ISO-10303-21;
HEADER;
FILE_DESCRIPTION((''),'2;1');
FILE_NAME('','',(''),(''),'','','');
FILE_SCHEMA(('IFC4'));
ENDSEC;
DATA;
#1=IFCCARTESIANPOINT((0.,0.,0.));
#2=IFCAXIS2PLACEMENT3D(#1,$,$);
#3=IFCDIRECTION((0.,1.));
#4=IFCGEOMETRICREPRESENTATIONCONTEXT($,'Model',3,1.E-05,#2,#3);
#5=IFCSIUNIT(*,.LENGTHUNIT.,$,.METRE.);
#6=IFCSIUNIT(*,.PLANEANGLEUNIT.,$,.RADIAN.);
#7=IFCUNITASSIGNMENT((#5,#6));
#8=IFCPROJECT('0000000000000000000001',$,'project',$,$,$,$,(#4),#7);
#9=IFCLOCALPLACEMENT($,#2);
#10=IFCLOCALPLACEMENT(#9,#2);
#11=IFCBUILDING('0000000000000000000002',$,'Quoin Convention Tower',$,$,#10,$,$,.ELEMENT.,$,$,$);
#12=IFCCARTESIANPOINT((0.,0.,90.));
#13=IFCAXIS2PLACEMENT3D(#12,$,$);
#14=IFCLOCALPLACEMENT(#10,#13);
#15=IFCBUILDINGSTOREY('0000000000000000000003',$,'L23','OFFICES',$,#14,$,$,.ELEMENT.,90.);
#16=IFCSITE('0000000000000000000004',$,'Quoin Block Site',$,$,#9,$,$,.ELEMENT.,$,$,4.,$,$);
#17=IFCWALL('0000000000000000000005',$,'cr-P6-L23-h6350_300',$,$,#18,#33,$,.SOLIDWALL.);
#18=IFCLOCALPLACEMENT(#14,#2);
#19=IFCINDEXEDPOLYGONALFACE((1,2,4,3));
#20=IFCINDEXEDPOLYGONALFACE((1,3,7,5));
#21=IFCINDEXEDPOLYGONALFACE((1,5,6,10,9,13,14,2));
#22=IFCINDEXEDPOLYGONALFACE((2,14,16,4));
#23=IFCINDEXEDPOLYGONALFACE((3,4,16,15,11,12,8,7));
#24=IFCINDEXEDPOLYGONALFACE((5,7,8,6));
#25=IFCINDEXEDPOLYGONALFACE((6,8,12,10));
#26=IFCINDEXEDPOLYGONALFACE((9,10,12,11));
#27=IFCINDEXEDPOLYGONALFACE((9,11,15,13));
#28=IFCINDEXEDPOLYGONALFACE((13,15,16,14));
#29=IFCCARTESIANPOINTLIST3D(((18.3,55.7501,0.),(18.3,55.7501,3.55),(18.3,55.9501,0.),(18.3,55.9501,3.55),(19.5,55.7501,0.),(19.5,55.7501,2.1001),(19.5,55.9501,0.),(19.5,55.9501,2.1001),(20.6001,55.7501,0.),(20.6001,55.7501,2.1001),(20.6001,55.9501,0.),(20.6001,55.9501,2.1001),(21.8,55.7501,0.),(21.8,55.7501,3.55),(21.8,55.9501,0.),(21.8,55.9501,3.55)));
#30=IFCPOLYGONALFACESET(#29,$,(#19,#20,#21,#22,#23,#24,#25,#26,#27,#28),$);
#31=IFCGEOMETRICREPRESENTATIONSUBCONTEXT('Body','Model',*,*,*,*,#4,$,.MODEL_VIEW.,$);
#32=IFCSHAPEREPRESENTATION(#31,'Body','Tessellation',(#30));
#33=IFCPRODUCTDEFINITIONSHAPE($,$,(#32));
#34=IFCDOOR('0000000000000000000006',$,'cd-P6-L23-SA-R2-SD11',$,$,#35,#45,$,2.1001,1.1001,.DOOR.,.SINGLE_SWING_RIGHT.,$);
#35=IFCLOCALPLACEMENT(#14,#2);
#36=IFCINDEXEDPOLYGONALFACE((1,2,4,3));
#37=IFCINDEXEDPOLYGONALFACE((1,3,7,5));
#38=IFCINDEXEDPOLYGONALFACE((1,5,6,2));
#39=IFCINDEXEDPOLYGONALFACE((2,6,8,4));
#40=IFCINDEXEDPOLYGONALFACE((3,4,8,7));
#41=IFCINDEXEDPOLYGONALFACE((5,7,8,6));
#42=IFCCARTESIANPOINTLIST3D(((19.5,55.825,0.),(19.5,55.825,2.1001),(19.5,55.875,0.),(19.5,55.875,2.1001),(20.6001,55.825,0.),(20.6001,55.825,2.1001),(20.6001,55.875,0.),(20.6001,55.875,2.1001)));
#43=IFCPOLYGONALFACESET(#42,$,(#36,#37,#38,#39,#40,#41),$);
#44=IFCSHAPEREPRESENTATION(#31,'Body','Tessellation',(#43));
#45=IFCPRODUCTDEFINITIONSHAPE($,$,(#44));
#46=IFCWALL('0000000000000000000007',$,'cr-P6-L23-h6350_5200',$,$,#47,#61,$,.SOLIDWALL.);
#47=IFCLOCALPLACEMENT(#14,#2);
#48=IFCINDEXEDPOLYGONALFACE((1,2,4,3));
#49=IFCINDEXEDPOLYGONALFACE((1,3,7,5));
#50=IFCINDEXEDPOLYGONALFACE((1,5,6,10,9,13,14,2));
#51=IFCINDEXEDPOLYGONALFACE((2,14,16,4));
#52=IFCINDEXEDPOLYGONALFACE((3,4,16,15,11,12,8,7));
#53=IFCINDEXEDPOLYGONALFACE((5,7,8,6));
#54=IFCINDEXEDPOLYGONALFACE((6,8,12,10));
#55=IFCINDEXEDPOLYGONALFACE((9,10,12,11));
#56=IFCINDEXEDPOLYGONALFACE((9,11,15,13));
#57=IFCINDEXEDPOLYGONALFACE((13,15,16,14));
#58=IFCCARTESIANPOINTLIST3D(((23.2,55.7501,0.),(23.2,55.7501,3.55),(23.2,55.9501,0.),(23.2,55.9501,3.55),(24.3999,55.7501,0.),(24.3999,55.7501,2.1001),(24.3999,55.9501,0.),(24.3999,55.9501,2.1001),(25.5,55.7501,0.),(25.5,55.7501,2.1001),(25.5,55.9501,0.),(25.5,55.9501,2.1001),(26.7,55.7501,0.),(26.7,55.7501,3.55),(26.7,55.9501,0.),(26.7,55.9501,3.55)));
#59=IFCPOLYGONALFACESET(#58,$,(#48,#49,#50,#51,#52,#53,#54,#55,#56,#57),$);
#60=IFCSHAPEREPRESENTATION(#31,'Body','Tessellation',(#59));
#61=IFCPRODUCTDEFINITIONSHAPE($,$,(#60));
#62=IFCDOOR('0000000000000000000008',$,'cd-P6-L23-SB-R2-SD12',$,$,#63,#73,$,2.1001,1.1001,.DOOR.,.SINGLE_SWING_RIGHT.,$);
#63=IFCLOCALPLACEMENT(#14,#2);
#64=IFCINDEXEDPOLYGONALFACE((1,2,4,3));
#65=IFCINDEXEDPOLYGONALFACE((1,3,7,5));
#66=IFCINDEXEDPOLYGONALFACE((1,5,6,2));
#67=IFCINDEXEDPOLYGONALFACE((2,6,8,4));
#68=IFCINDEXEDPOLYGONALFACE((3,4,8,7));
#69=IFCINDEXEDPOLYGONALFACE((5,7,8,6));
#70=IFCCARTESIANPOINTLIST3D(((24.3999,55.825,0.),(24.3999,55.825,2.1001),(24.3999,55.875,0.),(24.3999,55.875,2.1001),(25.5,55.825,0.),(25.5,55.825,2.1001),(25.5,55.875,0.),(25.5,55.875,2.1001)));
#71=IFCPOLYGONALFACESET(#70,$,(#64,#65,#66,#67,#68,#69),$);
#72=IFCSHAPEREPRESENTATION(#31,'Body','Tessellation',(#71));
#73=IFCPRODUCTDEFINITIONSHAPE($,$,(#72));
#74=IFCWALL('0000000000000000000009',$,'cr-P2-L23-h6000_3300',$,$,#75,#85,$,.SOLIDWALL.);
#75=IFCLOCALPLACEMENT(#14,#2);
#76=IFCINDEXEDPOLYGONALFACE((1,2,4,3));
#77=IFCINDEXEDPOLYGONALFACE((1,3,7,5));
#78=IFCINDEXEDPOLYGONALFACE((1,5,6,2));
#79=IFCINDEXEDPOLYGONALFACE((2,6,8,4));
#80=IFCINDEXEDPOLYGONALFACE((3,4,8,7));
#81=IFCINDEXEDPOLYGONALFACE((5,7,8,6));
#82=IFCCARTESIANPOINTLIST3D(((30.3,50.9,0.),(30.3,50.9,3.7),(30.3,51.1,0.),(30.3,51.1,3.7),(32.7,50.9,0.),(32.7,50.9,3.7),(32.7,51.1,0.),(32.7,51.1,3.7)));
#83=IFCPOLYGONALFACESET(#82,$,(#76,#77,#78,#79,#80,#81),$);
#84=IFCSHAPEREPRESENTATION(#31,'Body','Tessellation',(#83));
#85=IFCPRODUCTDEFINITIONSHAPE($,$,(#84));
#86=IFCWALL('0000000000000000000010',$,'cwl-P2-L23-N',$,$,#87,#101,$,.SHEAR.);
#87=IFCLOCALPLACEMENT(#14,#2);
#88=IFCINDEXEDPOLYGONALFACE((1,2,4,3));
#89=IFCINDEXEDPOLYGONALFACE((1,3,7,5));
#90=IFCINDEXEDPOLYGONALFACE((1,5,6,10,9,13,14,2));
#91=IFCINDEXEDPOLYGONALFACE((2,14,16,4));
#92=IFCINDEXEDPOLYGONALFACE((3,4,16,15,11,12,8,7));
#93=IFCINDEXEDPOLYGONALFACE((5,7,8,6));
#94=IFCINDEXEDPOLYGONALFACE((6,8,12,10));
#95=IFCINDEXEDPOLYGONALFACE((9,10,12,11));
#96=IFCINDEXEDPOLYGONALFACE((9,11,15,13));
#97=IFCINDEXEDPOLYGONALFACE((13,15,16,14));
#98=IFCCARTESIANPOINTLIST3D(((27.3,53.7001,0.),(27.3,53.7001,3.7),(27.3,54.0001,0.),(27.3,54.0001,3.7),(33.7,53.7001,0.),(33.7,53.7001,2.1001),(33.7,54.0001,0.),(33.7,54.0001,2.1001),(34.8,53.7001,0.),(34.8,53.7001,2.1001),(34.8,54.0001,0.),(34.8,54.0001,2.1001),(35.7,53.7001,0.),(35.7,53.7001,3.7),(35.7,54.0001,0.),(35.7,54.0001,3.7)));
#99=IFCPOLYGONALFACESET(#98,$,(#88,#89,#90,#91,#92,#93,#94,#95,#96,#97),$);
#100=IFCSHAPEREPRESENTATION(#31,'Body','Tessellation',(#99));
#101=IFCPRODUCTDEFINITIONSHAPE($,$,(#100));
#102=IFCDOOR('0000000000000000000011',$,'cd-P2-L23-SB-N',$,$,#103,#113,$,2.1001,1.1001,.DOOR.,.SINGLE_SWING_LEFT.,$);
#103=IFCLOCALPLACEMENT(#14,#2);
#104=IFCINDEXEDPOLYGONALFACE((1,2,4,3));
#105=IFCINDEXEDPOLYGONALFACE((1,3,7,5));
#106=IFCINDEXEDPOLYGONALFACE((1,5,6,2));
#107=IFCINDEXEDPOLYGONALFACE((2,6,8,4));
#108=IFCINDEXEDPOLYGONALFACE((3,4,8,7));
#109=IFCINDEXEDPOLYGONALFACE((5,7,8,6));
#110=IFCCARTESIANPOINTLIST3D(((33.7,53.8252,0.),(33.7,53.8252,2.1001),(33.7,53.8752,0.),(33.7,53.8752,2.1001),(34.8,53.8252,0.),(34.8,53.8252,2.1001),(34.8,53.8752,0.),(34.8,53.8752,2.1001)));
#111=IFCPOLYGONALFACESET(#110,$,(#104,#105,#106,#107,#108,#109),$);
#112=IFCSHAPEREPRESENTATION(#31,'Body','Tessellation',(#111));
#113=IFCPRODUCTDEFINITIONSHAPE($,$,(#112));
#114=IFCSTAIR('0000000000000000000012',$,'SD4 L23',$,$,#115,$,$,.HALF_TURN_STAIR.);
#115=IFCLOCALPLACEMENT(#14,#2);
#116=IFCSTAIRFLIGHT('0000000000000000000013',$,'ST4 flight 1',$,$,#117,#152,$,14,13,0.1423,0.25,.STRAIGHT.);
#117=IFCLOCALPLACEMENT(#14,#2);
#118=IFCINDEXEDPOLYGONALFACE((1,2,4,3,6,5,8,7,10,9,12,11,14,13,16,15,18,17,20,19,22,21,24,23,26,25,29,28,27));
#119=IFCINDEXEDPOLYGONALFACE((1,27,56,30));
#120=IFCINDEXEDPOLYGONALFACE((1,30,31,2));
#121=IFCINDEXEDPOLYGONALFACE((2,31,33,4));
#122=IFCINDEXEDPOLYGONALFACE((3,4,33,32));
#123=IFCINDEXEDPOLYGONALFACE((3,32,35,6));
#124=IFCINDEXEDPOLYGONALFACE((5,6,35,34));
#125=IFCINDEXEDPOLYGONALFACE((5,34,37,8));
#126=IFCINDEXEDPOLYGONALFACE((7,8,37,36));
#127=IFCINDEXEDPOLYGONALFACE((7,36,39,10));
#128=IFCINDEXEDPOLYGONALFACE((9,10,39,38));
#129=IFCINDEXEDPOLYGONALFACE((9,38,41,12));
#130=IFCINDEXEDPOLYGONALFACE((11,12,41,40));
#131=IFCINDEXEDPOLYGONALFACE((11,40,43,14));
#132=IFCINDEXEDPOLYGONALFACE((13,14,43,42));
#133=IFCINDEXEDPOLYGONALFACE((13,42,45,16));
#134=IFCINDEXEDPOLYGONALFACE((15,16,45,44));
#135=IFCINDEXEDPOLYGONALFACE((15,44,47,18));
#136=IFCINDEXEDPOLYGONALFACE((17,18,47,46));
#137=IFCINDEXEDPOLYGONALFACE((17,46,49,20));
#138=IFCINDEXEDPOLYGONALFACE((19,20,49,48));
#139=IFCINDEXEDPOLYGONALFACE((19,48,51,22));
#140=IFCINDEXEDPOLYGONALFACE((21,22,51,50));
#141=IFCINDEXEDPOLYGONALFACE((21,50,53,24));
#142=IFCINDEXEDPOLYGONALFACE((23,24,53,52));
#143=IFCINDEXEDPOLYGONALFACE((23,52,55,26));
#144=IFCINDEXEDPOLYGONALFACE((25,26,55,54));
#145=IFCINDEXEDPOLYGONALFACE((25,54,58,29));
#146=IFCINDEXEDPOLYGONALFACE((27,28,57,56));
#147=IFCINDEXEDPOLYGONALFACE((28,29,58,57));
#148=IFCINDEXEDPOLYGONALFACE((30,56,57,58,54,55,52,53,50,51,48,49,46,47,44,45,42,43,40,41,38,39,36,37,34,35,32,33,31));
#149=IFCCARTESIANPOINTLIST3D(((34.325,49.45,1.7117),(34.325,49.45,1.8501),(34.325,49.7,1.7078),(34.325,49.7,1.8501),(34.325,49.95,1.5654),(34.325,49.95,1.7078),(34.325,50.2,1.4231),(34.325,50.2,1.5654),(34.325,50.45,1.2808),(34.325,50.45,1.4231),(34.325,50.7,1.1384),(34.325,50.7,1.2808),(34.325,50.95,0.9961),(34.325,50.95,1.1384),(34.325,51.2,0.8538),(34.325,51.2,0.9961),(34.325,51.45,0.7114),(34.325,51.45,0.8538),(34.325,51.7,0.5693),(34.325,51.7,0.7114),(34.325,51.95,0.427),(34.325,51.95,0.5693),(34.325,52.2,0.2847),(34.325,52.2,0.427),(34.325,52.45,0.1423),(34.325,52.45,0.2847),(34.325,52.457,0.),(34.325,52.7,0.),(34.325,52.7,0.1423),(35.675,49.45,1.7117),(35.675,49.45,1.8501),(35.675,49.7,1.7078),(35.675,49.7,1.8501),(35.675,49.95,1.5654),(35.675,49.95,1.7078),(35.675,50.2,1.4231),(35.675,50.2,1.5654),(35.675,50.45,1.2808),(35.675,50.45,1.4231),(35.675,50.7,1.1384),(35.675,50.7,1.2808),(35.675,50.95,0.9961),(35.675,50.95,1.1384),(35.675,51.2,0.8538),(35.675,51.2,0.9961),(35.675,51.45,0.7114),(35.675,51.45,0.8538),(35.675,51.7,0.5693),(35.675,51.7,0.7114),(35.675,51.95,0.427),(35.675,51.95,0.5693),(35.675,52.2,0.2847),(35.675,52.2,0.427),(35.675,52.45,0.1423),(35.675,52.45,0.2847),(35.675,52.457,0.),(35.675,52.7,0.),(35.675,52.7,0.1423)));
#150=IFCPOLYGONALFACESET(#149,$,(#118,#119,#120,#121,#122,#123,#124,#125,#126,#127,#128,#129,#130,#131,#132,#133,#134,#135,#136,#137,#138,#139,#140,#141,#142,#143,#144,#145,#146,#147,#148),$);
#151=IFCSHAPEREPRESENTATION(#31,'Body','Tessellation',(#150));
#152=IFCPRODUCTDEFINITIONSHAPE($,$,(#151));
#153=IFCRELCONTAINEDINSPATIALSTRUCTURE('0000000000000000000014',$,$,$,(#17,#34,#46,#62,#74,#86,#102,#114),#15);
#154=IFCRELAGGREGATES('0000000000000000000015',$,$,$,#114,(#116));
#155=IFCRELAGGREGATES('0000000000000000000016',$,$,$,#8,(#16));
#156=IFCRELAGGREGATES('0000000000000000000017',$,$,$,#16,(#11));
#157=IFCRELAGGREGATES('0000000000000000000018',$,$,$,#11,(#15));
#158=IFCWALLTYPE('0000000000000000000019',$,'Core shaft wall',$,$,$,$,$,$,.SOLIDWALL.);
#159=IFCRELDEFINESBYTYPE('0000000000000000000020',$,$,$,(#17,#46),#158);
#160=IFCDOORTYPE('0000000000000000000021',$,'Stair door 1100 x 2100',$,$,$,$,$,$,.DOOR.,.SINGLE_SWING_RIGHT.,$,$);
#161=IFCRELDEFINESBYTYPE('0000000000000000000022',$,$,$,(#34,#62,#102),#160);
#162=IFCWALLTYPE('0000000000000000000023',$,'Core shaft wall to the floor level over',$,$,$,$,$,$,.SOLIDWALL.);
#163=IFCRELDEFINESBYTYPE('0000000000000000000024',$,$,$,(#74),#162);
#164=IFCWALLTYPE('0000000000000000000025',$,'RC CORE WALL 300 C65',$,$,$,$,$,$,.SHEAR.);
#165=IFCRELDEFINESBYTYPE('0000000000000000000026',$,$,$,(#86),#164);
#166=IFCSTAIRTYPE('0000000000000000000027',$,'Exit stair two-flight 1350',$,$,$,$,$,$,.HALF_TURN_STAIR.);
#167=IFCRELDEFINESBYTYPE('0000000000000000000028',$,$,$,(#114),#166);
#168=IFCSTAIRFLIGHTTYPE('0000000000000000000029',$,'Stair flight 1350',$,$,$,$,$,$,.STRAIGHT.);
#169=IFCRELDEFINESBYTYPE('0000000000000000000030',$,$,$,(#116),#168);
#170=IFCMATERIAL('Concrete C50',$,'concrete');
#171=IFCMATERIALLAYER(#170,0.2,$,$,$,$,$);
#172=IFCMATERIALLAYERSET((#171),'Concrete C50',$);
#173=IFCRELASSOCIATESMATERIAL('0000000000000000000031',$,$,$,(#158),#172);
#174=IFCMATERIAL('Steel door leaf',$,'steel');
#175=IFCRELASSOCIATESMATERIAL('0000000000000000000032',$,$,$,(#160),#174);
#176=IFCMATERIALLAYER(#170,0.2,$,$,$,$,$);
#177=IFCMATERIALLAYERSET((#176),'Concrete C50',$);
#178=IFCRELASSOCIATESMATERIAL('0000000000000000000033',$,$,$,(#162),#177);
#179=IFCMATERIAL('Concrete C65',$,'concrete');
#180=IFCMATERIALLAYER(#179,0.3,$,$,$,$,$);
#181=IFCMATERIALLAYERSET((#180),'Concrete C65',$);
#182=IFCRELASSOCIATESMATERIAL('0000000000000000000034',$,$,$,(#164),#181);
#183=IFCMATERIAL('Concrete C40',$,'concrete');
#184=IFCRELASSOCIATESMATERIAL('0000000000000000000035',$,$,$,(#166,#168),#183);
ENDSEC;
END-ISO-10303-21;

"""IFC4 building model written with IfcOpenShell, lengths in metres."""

from ifc_helpers import new_model, si_unit, direction, frame, frame_2d, origin, place, context, subcontext, project, spatial, polyline, rectangle, outline, extrude, material, layer, layer_set, type_object, element, fill, aggregate, save


model = new_model("IFC4")

# Units and contexts
model_context = context("Model", 3, precision=1e-05, world=origin(), true_north=direction((0.0, 1.0)))
body_context = subcontext(model_context, "Body", "Model", "MODEL_VIEW")
ifc_project = project(units=[si_unit("LENGTHUNIT", "METRE"), si_unit("PLANEANGLEUNIT", "RADIAN")], contexts=[model_context])

# Site, building, storey
site_placement = place(None, origin())
site = spatial("IfcSite", under=ifc_project, at=site_placement, Name="Quoin Block Site", CompositionType="ELEMENT", RefElevation=4.0)
building_placement = place(site_placement, origin())
building = spatial("IfcBuilding", under=site, at=building_placement, Name="Quoin Convention Tower", CompositionType="ELEMENT")
storey_placement = place(building_placement, frame((0.0, 0.0, 90.0)))
storey = spatial("IfcBuildingStorey", under=building, at=storey_placement, Name="L23", Description="OFFICES", CompositionType="ELEMENT", Elevation=90.0)

# Shared definitions
ifc_material_1 = material(Name="Concrete C65", Category="concrete")

# Shared definitions
ifc_material_2 = material(Name="Concrete C50", Category="concrete")
ifc_layer_1 = layer(ifc_material_2, 0.2)
ifc_layer_set_1 = layer_set([ifc_layer_1], Name="Concrete C50")
wall_type_1 = type_object("IfcWallType", Name="Core shaft wall", PredefinedType="SOLIDWALL", material=ifc_layer_set_1)

# Walls, openings, doors
wall_1_placement = place(storey_placement, frame((18.3, 55.8501, 0.0), z_axis=(0.0, 0.0, 1.0), x_axis=(1.0, 0.0, 0.0)))
wall_1 = element("IfcWall", 1, at=wall_1_placement, inside=storey, type_object=wall_type_1, Name="cr-P6-L23-h6350_300", PredefinedType="SOLIDWALL", context=body_context, shape_type="SweptSolid", body=[
    extrude(rectangle(XDim=3.5, YDim=0.2, at=frame_2d((1.75, 0.0))), origin(), (0.0, 0.0, 1.0), 3.55),
])
opening_1_placement = place(wall_1_placement, frame((1.2, 0.0, 0.0)))
opening_1 = element("IfcOpeningElement", 2, at=opening_1_placement, cuts=wall_1, PredefinedType="OPENING", context=body_context, shape_type="SweptSolid", body=[
    extrude(rectangle(XDim=1.1001, YDim=2.1001, at=frame_2d((0.55, 1.05))), frame((0.0, 0.1099, 0.0), z_axis=(0.0, -1.0, 0.0), x_axis=(1.0, 0.0, 0.0)), (0.0, 0.0, 1.0), 0.22),
])
ifc_material_3 = material(Name="Steel door leaf", Category="steel")
door_type = type_object("IfcDoorType", Name="Stair door 1100 x 2100", OperationType="SINGLE_SWING_RIGHT", PredefinedType="DOOR", material=ifc_material_3)
door_1_placement = place(opening_1_placement, origin())
door_1 = element("IfcDoor", 3, at=door_1_placement, inside=storey, type_object=door_type, Name="cd-P6-L23-SA-R2-SD11", OperationType="SINGLE_SWING_RIGHT", OverallHeight=2.1001, OverallWidth=1.1001, PredefinedType="DOOR", context=body_context, shape_type="SweptSolid", body=[
    extrude(rectangle(XDim=1.1001, YDim=2.1001, at=frame_2d((0.55, 1.05))), frame((0.0, 0.0249, 0.0), z_axis=(0.0, -1.0, 0.0), x_axis=(1.0, 0.0, 0.0)), (0.0, 0.0, 1.0), 0.05),
])
fill(opening_1, door_1)
wall_2_placement = place(storey_placement, frame((23.2, 55.8501, 0.0), z_axis=(0.0, 0.0, 1.0), x_axis=(1.0, 0.0, 0.0)))
wall_2 = element("IfcWall", 4, at=wall_2_placement, inside=storey, type_object=wall_type_1, Name="cr-P6-L23-h6350_5200", PredefinedType="SOLIDWALL", context=body_context, shape_type="SweptSolid", body=[
    extrude(rectangle(XDim=3.5, YDim=0.2, at=frame_2d((1.75, 0.0))), origin(), (0.0, 0.0, 1.0), 3.55),
])
opening_2_placement = place(wall_2_placement, frame((1.2, 0.0, 0.0)))
opening_2 = element("IfcOpeningElement", 5, at=opening_2_placement, cuts=wall_2, PredefinedType="OPENING", context=body_context, shape_type="SweptSolid", body=[
    extrude(rectangle(XDim=1.1001, YDim=2.1001, at=frame_2d((0.55, 1.05))), frame((0.0, 0.1099, 0.0), z_axis=(0.0, -1.0, 0.0), x_axis=(1.0, 0.0, 0.0)), (0.0, 0.0, 1.0), 0.22),
])
door_2_placement = place(opening_2_placement, origin())
door_2 = element("IfcDoor", 6, at=door_2_placement, inside=storey, type_object=door_type, Name="cd-P6-L23-SB-R2-SD12", OperationType="SINGLE_SWING_RIGHT", OverallHeight=2.1001, OverallWidth=1.1001, PredefinedType="DOOR", context=body_context, shape_type="SweptSolid", body=[
    extrude(rectangle(XDim=1.1001, YDim=2.1001, at=frame_2d((0.55, 1.05))), frame((0.0, 0.0249, 0.0), z_axis=(0.0, -1.0, 0.0), x_axis=(1.0, 0.0, 0.0)), (0.0, 0.0, 1.0), 0.05),
])
fill(opening_2, door_2)

# Wall
ifc_layer_2 = layer(ifc_material_2, 0.2)
ifc_layer_set_2 = layer_set([ifc_layer_2], Name="Concrete C50")
wall_type_2 = type_object("IfcWallType", Name="Core shaft wall to the floor level over", PredefinedType="SOLIDWALL", material=ifc_layer_set_2)
wall_3_placement = place(storey_placement, frame((30.3, 51.0, 0.0), z_axis=(0.0, 0.0, 1.0), x_axis=(1.0, 0.0, 0.0)))
element("IfcWall", 7, at=wall_3_placement, inside=storey, type_object=wall_type_2, Name="cr-P2-L23-h6000_3300", PredefinedType="SOLIDWALL", context=body_context, shape_type="SweptSolid", body=[
    extrude(rectangle(XDim=2.3999, YDim=0.2, at=frame_2d((1.2, 0.0))), origin(), (0.0, 0.0, 1.0), 3.7),
])

# Wall, opening, door
ifc_layer_3 = layer(ifc_material_1, 0.3)
ifc_layer_set_3 = layer_set([ifc_layer_3], Name="Concrete C65")
wall_type_3 = type_object("IfcWallType", Name="RC CORE WALL 300 C65", PredefinedType="SHEAR", material=ifc_layer_set_3)
wall_4_placement = place(storey_placement, frame((27.3, 53.8501, 0.0), z_axis=(0.0, 0.0, 1.0), x_axis=(1.0, 0.0, 0.0)))
wall_4 = element("IfcWall", 8, at=wall_4_placement, inside=storey, type_object=wall_type_3, Name="cwl-P2-L23-N", PredefinedType="SHEAR", context=body_context, shape_type="SweptSolid", body=[
    extrude(rectangle(XDim=8.3999, YDim=0.3, at=frame_2d((4.2, 0.0))), origin(), (0.0, 0.0, 1.0), 3.7),
])
opening_3_placement = place(wall_4_placement, frame((6.3999, 0.0, 0.0)))
opening_3 = element("IfcOpeningElement", 9, at=opening_3_placement, cuts=wall_4, PredefinedType="OPENING", context=body_context, shape_type="SweptSolid", body=[
    extrude(rectangle(XDim=1.1001, YDim=2.1001, at=frame_2d((0.55, 1.05))), frame((0.0, 0.1599, 0.0), z_axis=(0.0, -1.0, 0.0), x_axis=(1.0, 0.0, 0.0)), (0.0, 0.0, 1.0), 0.3201),
])
door_3_placement = place(opening_3_placement, frame((1.1001, 0.0, 0.0), z_axis=(0.0, 0.0, 1.0), x_axis=(-1.0, 0.0, 0.0)))
door_3 = element("IfcDoor", 10, at=door_3_placement, inside=storey, type_object=door_type, Name="cd-P2-L23-SB-N", OperationType="SINGLE_SWING_LEFT", OverallHeight=2.1001, OverallWidth=1.1001, PredefinedType="DOOR", context=body_context, shape_type="SweptSolid", body=[
    extrude(rectangle(XDim=1.1001, YDim=2.1001, at=frame_2d((0.55, 1.05))), frame((0.0, 0.0249, 0.0), z_axis=(0.0, -1.0, 0.0), x_axis=(1.0, 0.0, 0.0)), (0.0, 0.0, 1.0), 0.05),
])
fill(opening_3, door_3)

# Stair, stair flight
ifc_material_4 = material(Name="Concrete C40", Category="concrete")
stair_type_1 = type_object("IfcStairType", Name="Exit stair two-flight 1350", PredefinedType="HALF_TURN_STAIR", material=ifc_material_4)
stair_1_placement = place(storey_placement, origin())
stair_1 = element("IfcStair", 11, at=stair_1_placement, inside=storey, type_object=stair_type_1, Name="SD4 L23", PredefinedType="HALF_TURN_STAIR")
stair_flight_type_1 = type_object("IfcStairFlightType", Name="Stair flight 1350", PredefinedType="STRAIGHT", material=ifc_material_4)
stair_flight_1_placement = place(storey_placement, frame((35.0, 52.7, 0.0), z_axis=(0.0, 0.0, 1.0), x_axis=(0.0, -1.0, 0.0)))
stair_flight_1 = element("IfcStairFlight", 12, at=stair_flight_1_placement, type_object=stair_flight_type_1, Name="ST4 flight 1", NumberOfRisers=14, NumberOfTreads=13, PredefinedType="STRAIGHT", RiserHeight=0.1423, TreadLength=0.25, context=body_context, shape_type="SweptSolid", body=[
    extrude(outline(polyline([(0.0, 0.0), (0.0, 0.1423), (0.25, 0.1423), (0.25, 0.2847), (0.5, 0.2847), (0.5, 0.427), (0.75, 0.427), (0.75, 0.5693), (1.0, 0.5693), (1.0, 0.7114), (1.25, 0.7114), (1.25, 0.8538), (1.5, 0.8538), (1.5, 0.9961), (1.75, 0.9961), (1.75, 1.1384), (2.0, 1.1384), (2.0, 1.2808), (2.25, 1.2808), (2.25, 1.4231), (2.5, 1.4231), (2.5, 1.5654), (2.75, 1.5654), (2.75, 1.7078), (3.0, 1.7078), (3.0, 1.8501), (3.25, 1.8501), (3.25, 1.9922), (3.25, 1.7117), (0.2429, 0.0), (0.0, 0.0)])), frame((0.0, 0.675, 0.0), z_axis=(0.0, -1.0, 0.0), x_axis=(1.0, 0.0, 0.0)), (0.0, 0.0, 1.0), 1.3501),
])
aggregate(stair_1, [stair_flight_1])

save(model, "model.ifc")
